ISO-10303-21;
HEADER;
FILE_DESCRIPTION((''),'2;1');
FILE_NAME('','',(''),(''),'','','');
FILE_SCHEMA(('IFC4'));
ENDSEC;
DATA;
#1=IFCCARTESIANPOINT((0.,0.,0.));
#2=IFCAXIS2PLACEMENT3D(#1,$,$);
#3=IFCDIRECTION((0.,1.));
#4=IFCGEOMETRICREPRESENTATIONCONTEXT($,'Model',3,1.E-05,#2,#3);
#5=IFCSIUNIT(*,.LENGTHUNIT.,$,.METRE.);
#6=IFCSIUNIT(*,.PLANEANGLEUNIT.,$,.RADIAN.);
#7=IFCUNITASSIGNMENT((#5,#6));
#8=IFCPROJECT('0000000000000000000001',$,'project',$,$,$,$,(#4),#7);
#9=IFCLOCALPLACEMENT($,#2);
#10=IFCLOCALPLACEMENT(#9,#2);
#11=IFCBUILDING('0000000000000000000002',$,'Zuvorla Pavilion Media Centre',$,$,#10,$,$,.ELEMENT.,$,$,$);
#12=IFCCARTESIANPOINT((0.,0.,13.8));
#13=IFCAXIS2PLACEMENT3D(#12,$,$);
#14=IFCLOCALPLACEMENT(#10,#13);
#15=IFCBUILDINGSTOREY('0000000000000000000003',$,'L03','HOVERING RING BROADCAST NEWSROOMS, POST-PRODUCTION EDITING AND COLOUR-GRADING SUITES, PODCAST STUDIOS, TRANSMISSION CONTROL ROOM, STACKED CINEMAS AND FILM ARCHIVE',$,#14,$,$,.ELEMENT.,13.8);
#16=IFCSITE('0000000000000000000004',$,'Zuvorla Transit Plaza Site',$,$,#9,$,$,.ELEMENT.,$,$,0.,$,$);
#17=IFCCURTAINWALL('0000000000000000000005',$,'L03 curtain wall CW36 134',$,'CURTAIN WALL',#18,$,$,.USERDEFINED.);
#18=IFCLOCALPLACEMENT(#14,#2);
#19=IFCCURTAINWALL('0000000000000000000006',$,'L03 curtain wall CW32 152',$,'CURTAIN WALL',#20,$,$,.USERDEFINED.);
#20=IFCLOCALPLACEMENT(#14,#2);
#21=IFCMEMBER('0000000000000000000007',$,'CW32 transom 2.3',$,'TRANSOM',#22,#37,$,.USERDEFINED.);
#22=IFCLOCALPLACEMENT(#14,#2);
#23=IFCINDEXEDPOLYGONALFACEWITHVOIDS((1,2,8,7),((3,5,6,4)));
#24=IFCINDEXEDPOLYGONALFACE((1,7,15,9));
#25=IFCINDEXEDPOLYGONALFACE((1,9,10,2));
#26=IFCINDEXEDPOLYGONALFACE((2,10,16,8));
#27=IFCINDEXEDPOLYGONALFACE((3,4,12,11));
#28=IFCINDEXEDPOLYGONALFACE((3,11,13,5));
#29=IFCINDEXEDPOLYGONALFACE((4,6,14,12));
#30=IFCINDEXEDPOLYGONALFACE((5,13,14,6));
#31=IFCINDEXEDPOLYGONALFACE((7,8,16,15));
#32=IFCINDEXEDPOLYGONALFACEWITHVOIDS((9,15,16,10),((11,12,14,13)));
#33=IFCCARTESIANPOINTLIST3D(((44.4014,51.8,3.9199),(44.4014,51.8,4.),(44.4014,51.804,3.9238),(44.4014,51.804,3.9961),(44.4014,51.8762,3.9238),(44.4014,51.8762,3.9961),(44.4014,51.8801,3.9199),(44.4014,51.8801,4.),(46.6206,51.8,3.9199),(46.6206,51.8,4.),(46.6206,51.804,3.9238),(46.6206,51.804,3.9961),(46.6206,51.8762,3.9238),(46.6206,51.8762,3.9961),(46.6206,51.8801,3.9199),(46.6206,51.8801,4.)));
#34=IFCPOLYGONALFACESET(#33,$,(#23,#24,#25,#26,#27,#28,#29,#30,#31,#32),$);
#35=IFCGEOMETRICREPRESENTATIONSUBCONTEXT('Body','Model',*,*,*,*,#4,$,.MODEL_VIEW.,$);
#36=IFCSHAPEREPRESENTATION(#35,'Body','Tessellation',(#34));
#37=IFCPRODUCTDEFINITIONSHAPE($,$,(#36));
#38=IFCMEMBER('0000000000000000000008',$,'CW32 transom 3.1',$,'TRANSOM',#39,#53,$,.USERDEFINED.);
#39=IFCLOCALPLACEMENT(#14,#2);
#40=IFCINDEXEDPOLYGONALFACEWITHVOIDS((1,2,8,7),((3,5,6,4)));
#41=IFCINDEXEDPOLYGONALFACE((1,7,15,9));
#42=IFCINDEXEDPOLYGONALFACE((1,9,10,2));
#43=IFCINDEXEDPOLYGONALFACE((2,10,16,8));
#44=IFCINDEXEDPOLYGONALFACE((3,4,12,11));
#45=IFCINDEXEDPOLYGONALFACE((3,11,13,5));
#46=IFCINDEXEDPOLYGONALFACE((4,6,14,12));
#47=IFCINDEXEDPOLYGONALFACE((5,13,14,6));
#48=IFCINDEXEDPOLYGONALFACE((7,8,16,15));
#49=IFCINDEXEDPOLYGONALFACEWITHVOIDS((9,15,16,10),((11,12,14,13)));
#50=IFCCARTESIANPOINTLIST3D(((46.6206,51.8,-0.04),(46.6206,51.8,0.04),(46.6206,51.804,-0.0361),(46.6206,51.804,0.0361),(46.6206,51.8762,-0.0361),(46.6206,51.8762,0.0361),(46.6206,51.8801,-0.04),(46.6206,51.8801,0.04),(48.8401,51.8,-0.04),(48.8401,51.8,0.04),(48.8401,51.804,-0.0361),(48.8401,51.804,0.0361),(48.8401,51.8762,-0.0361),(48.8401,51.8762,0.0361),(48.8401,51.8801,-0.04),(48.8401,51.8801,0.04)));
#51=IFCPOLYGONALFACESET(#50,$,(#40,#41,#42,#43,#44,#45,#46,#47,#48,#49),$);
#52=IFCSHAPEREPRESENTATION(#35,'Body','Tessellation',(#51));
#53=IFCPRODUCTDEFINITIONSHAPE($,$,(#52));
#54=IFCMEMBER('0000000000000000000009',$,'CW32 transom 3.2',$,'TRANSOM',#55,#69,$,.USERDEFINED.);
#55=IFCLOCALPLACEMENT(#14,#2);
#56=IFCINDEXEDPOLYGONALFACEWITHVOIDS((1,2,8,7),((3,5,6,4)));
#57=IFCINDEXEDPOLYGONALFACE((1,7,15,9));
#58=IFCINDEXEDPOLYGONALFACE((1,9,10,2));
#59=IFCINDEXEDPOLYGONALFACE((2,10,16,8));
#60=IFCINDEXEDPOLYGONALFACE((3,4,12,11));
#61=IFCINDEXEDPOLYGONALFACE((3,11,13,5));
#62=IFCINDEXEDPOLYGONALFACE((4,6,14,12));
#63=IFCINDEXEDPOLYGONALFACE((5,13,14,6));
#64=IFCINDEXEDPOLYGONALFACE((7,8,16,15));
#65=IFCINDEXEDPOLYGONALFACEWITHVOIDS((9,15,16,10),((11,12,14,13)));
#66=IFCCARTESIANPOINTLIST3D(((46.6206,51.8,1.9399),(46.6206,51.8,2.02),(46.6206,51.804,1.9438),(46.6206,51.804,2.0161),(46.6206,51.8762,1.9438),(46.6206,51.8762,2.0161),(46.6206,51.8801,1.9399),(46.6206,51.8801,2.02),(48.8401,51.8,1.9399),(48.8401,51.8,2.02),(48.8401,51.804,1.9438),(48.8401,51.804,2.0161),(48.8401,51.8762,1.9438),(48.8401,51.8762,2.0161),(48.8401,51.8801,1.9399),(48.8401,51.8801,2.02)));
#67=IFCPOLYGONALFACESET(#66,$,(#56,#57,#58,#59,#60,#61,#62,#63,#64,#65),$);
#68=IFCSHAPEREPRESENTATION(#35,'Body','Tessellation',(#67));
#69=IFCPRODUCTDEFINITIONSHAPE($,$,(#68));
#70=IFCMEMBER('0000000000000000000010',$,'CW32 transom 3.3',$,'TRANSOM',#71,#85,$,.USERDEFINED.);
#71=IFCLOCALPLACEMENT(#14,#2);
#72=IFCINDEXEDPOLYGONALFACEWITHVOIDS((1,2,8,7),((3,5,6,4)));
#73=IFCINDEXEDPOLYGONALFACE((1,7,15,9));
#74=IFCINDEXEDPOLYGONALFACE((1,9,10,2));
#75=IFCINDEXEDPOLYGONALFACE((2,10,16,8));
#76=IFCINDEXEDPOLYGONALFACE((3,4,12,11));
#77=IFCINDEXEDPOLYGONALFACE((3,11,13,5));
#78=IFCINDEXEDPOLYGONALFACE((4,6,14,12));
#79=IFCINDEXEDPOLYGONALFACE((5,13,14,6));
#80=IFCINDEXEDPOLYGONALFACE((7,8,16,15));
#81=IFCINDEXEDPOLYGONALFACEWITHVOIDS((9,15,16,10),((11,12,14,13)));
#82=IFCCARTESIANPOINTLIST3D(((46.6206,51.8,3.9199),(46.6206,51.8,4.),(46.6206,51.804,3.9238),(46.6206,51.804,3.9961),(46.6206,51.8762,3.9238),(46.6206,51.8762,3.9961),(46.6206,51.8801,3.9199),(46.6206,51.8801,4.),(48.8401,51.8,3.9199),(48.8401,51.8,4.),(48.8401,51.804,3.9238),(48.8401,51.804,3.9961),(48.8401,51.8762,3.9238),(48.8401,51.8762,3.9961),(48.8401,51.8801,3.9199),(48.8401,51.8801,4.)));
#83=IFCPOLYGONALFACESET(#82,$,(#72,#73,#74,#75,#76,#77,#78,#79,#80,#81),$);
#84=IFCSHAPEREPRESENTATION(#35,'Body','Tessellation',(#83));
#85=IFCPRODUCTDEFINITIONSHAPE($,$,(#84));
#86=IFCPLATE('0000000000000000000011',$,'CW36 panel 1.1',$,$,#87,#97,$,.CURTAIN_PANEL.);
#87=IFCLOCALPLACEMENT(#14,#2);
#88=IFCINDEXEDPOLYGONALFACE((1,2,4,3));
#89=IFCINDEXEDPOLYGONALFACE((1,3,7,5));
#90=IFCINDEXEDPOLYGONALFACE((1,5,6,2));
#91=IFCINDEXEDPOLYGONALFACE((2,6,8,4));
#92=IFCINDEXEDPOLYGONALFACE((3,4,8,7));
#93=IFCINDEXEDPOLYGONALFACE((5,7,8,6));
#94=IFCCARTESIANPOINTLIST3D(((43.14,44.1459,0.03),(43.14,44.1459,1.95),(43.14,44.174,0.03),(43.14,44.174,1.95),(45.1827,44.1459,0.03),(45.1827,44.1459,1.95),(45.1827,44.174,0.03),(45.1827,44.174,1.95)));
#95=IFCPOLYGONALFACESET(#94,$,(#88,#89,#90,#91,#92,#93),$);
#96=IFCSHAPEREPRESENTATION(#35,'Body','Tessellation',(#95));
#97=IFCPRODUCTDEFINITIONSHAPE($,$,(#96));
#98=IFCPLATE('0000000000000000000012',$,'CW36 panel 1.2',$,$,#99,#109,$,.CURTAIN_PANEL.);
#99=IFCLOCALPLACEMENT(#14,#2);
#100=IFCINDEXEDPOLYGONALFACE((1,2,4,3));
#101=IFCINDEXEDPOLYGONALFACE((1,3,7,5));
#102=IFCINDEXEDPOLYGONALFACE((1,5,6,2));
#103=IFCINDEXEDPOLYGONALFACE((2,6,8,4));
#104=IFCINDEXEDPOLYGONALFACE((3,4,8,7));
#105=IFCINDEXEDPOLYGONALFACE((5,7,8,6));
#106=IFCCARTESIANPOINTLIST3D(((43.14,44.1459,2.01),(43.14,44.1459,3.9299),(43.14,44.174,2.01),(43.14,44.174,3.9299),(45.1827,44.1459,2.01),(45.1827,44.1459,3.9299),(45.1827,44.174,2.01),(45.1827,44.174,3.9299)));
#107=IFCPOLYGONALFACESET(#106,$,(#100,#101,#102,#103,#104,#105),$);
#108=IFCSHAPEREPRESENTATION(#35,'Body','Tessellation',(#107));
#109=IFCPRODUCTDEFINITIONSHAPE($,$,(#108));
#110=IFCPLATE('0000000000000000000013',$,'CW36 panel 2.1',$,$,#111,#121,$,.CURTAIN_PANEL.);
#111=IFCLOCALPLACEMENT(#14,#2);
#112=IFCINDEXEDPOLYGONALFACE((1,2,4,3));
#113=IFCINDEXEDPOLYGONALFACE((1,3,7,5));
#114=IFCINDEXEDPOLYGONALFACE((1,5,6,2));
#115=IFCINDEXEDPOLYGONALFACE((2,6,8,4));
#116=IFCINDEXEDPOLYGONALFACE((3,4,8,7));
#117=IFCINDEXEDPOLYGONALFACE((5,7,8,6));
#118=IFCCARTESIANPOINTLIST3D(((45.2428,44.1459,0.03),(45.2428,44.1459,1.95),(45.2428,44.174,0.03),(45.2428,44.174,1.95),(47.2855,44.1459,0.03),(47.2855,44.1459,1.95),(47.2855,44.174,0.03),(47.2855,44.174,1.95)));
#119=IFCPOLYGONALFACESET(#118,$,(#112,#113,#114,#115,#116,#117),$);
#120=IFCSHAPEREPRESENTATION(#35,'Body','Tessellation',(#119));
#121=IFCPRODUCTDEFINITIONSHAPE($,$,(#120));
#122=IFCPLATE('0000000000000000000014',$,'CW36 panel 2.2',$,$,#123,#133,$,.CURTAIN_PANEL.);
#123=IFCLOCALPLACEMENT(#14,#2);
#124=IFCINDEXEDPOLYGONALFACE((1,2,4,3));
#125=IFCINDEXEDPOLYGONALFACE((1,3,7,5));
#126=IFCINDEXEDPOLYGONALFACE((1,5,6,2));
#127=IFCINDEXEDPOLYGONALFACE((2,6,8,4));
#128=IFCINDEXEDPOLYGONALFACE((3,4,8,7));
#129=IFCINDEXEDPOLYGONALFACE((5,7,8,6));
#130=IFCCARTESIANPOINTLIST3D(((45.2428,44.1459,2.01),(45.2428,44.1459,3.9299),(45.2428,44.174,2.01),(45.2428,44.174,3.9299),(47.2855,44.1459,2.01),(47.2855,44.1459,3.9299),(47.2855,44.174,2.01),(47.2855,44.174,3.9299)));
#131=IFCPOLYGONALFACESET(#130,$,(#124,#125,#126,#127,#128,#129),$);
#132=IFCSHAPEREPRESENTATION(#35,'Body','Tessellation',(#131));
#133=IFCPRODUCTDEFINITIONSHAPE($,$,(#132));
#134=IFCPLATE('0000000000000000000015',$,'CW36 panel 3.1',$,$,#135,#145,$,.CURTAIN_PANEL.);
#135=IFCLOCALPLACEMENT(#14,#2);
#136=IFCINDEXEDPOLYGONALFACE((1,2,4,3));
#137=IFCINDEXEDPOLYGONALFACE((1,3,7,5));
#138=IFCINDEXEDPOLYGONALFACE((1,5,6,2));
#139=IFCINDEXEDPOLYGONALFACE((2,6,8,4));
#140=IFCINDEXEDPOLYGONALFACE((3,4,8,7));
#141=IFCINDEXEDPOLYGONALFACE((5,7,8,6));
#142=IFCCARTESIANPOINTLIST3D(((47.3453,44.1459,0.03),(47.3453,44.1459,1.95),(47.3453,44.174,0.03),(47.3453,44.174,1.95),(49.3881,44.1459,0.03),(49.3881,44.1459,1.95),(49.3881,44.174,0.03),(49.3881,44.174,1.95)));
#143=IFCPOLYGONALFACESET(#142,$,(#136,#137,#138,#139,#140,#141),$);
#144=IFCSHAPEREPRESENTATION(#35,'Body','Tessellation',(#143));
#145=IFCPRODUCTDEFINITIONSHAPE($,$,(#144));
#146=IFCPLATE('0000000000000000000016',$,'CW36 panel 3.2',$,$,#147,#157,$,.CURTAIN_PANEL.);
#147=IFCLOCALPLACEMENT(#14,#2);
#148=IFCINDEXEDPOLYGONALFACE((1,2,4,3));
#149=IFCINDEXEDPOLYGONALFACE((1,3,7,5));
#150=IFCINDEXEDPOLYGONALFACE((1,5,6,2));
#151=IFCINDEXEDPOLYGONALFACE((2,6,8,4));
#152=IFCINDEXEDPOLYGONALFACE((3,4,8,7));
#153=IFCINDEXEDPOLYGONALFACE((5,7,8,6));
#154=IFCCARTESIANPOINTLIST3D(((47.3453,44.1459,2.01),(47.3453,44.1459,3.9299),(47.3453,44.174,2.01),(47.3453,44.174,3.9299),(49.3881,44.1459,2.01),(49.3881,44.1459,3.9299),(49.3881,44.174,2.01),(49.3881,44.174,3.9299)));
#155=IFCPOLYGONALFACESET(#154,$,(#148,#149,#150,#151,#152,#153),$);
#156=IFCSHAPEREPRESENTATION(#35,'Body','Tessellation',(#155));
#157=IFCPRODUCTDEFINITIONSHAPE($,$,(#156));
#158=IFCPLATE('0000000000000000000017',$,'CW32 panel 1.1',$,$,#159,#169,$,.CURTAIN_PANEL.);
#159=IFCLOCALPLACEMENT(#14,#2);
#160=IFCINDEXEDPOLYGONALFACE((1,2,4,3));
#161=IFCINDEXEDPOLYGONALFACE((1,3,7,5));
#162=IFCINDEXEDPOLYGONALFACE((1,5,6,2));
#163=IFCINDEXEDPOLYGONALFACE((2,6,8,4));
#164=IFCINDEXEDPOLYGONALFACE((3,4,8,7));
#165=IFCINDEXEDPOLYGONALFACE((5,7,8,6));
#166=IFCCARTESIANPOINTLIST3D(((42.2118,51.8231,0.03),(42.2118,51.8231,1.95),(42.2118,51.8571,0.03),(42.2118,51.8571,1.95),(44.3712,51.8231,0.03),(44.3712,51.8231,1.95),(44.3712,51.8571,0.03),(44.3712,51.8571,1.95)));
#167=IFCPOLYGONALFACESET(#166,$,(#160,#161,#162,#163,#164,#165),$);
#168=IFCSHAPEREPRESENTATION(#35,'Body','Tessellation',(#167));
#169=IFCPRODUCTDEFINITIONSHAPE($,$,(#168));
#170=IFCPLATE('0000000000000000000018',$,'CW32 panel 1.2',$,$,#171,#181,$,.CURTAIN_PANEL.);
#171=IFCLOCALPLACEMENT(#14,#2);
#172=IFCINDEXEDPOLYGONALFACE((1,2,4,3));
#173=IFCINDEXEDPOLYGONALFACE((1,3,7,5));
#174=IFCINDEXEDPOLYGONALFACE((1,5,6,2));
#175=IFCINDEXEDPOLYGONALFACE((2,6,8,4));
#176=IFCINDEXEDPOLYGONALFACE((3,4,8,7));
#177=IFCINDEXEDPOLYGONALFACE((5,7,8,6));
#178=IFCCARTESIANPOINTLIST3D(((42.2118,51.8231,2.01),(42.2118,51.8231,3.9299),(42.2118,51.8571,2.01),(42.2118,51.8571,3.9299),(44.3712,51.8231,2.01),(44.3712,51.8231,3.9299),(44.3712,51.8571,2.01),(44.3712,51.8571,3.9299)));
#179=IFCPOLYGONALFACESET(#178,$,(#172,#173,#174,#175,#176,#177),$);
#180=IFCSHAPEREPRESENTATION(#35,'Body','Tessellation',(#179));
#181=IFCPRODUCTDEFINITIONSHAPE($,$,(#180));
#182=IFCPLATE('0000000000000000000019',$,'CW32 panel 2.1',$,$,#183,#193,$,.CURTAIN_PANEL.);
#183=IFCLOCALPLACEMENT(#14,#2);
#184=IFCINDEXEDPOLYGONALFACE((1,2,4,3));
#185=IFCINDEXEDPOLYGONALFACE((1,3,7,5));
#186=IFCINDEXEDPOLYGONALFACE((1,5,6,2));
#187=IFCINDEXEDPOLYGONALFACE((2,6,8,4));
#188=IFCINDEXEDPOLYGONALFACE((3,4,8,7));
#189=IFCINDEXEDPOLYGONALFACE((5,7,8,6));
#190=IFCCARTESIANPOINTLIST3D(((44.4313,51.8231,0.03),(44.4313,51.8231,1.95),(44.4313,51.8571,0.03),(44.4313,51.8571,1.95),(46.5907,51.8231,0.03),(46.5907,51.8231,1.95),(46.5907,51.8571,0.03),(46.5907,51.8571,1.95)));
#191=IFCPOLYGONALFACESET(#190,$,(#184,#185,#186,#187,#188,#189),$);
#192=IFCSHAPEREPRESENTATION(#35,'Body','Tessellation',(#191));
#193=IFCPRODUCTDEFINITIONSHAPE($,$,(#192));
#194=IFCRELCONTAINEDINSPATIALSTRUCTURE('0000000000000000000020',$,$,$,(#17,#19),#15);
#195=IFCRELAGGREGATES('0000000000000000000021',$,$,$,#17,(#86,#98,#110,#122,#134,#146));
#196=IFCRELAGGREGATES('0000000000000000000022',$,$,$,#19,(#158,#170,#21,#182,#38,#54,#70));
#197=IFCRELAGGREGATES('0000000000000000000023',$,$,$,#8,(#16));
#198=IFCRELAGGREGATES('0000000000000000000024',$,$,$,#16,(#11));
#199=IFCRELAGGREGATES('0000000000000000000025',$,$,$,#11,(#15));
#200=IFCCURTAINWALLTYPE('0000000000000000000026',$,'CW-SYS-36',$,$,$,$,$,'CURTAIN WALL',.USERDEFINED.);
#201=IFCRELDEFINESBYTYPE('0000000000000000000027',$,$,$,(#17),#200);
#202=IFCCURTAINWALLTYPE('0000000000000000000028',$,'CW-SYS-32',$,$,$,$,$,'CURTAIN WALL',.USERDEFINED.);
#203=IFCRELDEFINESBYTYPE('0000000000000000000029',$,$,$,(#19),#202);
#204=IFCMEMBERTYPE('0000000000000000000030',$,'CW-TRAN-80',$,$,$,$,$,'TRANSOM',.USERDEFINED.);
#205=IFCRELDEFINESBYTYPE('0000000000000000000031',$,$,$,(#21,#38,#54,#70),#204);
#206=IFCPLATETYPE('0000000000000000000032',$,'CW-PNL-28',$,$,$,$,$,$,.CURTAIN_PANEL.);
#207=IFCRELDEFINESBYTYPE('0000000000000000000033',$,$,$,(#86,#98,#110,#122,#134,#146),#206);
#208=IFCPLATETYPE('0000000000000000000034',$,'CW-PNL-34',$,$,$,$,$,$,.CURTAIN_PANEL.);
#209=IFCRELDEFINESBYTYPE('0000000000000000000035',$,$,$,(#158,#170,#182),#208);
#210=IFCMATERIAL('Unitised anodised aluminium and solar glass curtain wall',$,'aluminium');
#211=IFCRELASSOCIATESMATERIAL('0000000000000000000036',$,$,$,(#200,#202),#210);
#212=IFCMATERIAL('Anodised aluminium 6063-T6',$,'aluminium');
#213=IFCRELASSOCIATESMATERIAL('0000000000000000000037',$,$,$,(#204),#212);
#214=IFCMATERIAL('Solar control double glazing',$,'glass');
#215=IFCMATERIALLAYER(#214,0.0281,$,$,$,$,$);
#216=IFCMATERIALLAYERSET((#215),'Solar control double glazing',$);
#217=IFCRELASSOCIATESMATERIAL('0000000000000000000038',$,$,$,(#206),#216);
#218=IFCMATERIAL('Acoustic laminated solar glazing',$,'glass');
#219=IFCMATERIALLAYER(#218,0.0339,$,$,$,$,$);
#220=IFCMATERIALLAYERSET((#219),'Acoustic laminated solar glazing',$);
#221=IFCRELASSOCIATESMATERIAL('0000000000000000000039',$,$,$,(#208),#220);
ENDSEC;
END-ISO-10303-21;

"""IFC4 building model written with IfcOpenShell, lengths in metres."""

from ifc_helpers import new_model, si_unit, direction, frame, origin, origin_2d, place, context, subcontext, project, spatial, rectangle, hollow_rectangle, extrude, material, layer, layer_set, material_profile, profile_set, type_object, element, aggregate, save


model = new_model("IFC4")

# Units and contexts
model_context = context("Model", 3, precision=1e-05, world=origin(), true_north=direction((0.0, 1.0)))
body_context = subcontext(model_context, "Body", "Model", "MODEL_VIEW")
ifc_project = project(units=[si_unit("LENGTHUNIT", "METRE"), si_unit("PLANEANGLEUNIT", "RADIAN")], contexts=[model_context])

# Site, building, storey
site_placement = place(None, origin())
site = spatial("IfcSite", under=ifc_project, at=site_placement, Name="Zuvorla Transit Plaza Site", CompositionType="ELEMENT", RefElevation=0.0)
building_placement = place(site_placement, origin())
building = spatial("IfcBuilding", under=site, at=building_placement, Name="Zuvorla Pavilion Media Centre", CompositionType="ELEMENT")
storey_placement = place(building_placement, frame((0.0, 0.0, 13.8)))
storey = spatial("IfcBuildingStorey", under=building, at=storey_placement, Name="L03", Description="HOVERING RING BROADCAST NEWSROOMS, POST-PRODUCTION EDITING AND COLOUR-GRADING SUITES, PODCAST STUDIOS, TRANSMISSION CONTROL ROOM, STACKED CINEMAS AND FILM ARCHIVE", CompositionType="ELEMENT", Elevation=13.8)

# Curtain walls
ifc_material_1 = material(Name="Unitised anodised aluminium and solar glass curtain wall", Category="aluminium")
curtain_wall_type_1 = type_object("IfcCurtainWallType", Name="CW-SYS-36", ElementType="CURTAIN WALL", PredefinedType="USERDEFINED", material=ifc_material_1)
curtain_wall_1_placement = place(storey_placement, origin())
curtain_wall_1 = element("IfcCurtainWall", 1, at=curtain_wall_1_placement, inside=storey, type_object=curtain_wall_type_1, Name="L03 curtain wall CW36 134", ObjectType="CURTAIN WALL", PredefinedType="USERDEFINED")
ifc_material_2 = material(Name="Anodised aluminium 6063-T6", Category="aluminium")
curtain_wall_type_2 = type_object("IfcCurtainWallType", Name="CW-SYS-32", ElementType="CURTAIN WALL", PredefinedType="USERDEFINED", material=ifc_material_1)
curtain_wall_2_placement = place(storey_placement, origin())
curtain_wall_2 = element("IfcCurtainWall", 2, at=curtain_wall_2_placement, inside=storey, type_object=curtain_wall_type_2, Name="L03 curtain wall CW32 152", ObjectType="CURTAIN WALL", PredefinedType="USERDEFINED")

# Members
ifc_material_profile_1 = material_profile(ifc_material_2, hollow_rectangle(XDim=0.0801, YDim=0.0801, WallThickness=0.0039, at=origin_2d()), Name="ALU TRAN 80x80")
ifc_profile_set_1 = profile_set([ifc_material_profile_1], Name="Anodised aluminium 6063-T6")
member_type_1 = type_object("IfcMemberType", Name="CW-TRAN-80", ElementType="TRANSOM", PredefinedType="USERDEFINED", material=ifc_profile_set_1)
member_1_placement = place(storey_placement, frame((44.4014, 51.8401, 3.96), z_axis=(1.0, 0.0, 0.0), x_axis=(0.0, 1.0, 0.0)))
member_1 = element("IfcMember", 3, at=member_1_placement, type_object=member_type_1, Name="CW32 transom 2.3", ObjectType="TRANSOM", PredefinedType="USERDEFINED", context=body_context, shape_type="SweptSolid", body=[
    extrude(hollow_rectangle(XDim=0.0801, YDim=0.0801, WallThickness=0.0039, at=origin_2d()), origin(), (0.0, 0.0, 1.0), 2.2192),
])
member_2_placement = place(storey_placement, frame((46.6206, 51.8401, 0.0), z_axis=(1.0, 0.0, 0.0), x_axis=(0.0, 1.0, 0.0)))
member_2 = element("IfcMember", 4, at=member_2_placement, type_object=member_type_1, Name="CW32 transom 3.1", ObjectType="TRANSOM", PredefinedType="USERDEFINED", context=body_context, shape_type="SweptSolid", body=[
    extrude(hollow_rectangle(XDim=0.0801, YDim=0.0801, WallThickness=0.0039, at=origin_2d()), origin(), (0.0, 0.0, 1.0), 2.2195),
])
member_3_placement = place(storey_placement, frame((46.6206, 51.8401, 1.98), z_axis=(1.0, 0.0, 0.0), x_axis=(0.0, 1.0, 0.0)))
member_3 = element("IfcMember", 5, at=member_3_placement, type_object=member_type_1, Name="CW32 transom 3.2", ObjectType="TRANSOM", PredefinedType="USERDEFINED", context=body_context, shape_type="SweptSolid", body=[
    extrude(hollow_rectangle(XDim=0.0801, YDim=0.0801, WallThickness=0.0039, at=origin_2d()), origin(), (0.0, 0.0, 1.0), 2.2195),
])
member_4_placement = place(storey_placement, frame((46.6206, 51.8401, 3.96), z_axis=(1.0, 0.0, 0.0), x_axis=(0.0, 1.0, 0.0)))
member_4 = element("IfcMember", 6, at=member_4_placement, type_object=member_type_1, Name="CW32 transom 3.3", ObjectType="TRANSOM", PredefinedType="USERDEFINED", context=body_context, shape_type="SweptSolid", body=[
    extrude(hollow_rectangle(XDim=0.0801, YDim=0.0801, WallThickness=0.0039, at=origin_2d()), origin(), (0.0, 0.0, 1.0), 2.2195),
])

# Plates
ifc_material_3 = material(Name="Solar control double glazing", Category="glass")
ifc_layer_1 = layer(ifc_material_3, 0.0281)
ifc_layer_set_1 = layer_set([ifc_layer_1], Name="Solar control double glazing")
plate_type_1 = type_object("IfcPlateType", Name="CW-PNL-28", PredefinedType="CURTAIN_PANEL", material=ifc_layer_set_1)
plate_1_placement = place(storey_placement, frame((44.1614, 44.1599, 0.03), z_axis=(0.0, 0.0, 1.0), x_axis=(1.0, 0.0, 0.0)))
plate_1 = element("IfcPlate", 7, at=plate_1_placement, type_object=plate_type_1, Name="CW36 panel 1.1", PredefinedType="CURTAIN_PANEL", context=body_context, shape_type="SweptSolid", body=[
    extrude(rectangle(XDim=2.0427, YDim=0.0281, at=origin_2d()), origin(), (0.0, 0.0, 1.0), 1.9199),
])
plate_2_placement = place(storey_placement, frame((44.1614, 44.1599, 2.01), z_axis=(0.0, 0.0, 1.0), x_axis=(1.0, 0.0, 0.0)))
plate_2 = element("IfcPlate", 8, at=plate_2_placement, type_object=plate_type_1, Name="CW36 panel 1.2", PredefinedType="CURTAIN_PANEL", context=body_context, shape_type="SweptSolid", body=[
    extrude(rectangle(XDim=2.0427, YDim=0.0281, at=origin_2d()), origin(), (0.0, 0.0, 1.0), 1.9199),
])
plate_3_placement = place(storey_placement, frame((46.2642, 44.1599, 0.03), z_axis=(0.0, 0.0, 1.0), x_axis=(1.0, 0.0, 0.0)))
plate_3 = element("IfcPlate", 9, at=plate_3_placement, type_object=plate_type_1, Name="CW36 panel 2.1", PredefinedType="CURTAIN_PANEL", context=body_context, shape_type="SweptSolid", body=[
    extrude(rectangle(XDim=2.0427, YDim=0.0281, at=origin_2d()), origin(), (0.0, 0.0, 1.0), 1.9199),
])
plate_4_placement = place(storey_placement, frame((46.2642, 44.1599, 2.01), z_axis=(0.0, 0.0, 1.0), x_axis=(1.0, 0.0, 0.0)))
plate_4 = element("IfcPlate", 10, at=plate_4_placement, type_object=plate_type_1, Name="CW36 panel 2.2", PredefinedType="CURTAIN_PANEL", context=body_context, shape_type="SweptSolid", body=[
    extrude(rectangle(XDim=2.0427, YDim=0.0281, at=origin_2d()), origin(), (0.0, 0.0, 1.0), 1.9199),
])
plate_5_placement = place(storey_placement, frame((48.3667, 44.1599, 0.03), z_axis=(0.0, 0.0, 1.0), x_axis=(1.0, 0.0, 0.0)))
plate_5 = element("IfcPlate", 11, at=plate_5_placement, type_object=plate_type_1, Name="CW36 panel 3.1", PredefinedType="CURTAIN_PANEL", context=body_context, shape_type="SweptSolid", body=[
    extrude(rectangle(XDim=2.0427, YDim=0.0281, at=origin_2d()), origin(), (0.0, 0.0, 1.0), 1.9199),
])
plate_6_placement = place(storey_placement, frame((48.3667, 44.1599, 2.01), z_axis=(0.0, 0.0, 1.0), x_axis=(1.0, 0.0, 0.0)))
plate_6 = element("IfcPlate", 12, at=plate_6_placement, type_object=plate_type_1, Name="CW36 panel 3.2", PredefinedType="CURTAIN_PANEL", context=body_context, shape_type="SweptSolid", body=[
    extrude(rectangle(XDim=2.0427, YDim=0.0281, at=origin_2d()), origin(), (0.0, 0.0, 1.0), 1.9199),
])
aggregate(curtain_wall_1, [plate_1, plate_2, plate_3, plate_4, plate_5, plate_6])
ifc_material_4 = material(Name="Acoustic laminated solar glazing", Category="glass")
ifc_layer_2 = layer(ifc_material_4, 0.0339)
ifc_layer_set_2 = layer_set([ifc_layer_2], Name="Acoustic laminated solar glazing")
plate_type_2 = type_object("IfcPlateType", Name="CW-PNL-34", PredefinedType="CURTAIN_PANEL", material=ifc_layer_set_2)
plate_7_placement = place(storey_placement, frame((43.2915, 51.8401, 0.03), z_axis=(0.0, 0.0, 1.0), x_axis=(1.0, 0.0, 0.0)))
plate_7 = element("IfcPlate", 13, at=plate_7_placement, type_object=plate_type_2, Name="CW32 panel 1.1", PredefinedType="CURTAIN_PANEL", context=body_context, shape_type="SweptSolid", body=[
    extrude(rectangle(XDim=2.1594, YDim=0.0339, at=origin_2d()), origin(), (0.0, 0.0, 1.0), 1.9199),
])
plate_8_placement = place(storey_placement, frame((43.2915, 51.8401, 2.01), z_axis=(0.0, 0.0, 1.0), x_axis=(1.0, 0.0, 0.0)))
plate_8 = element("IfcPlate", 14, at=plate_8_placement, type_object=plate_type_2, Name="CW32 panel 1.2", PredefinedType="CURTAIN_PANEL", context=body_context, shape_type="SweptSolid", body=[
    extrude(rectangle(XDim=2.1594, YDim=0.0339, at=origin_2d()), origin(), (0.0, 0.0, 1.0), 1.9199),
])
plate_9_placement = place(storey_placement, frame((45.511, 51.8401, 0.03), z_axis=(0.0, 0.0, 1.0), x_axis=(1.0, 0.0, 0.0)))
plate_9 = element("IfcPlate", 15, at=plate_9_placement, type_object=plate_type_2, Name="CW32 panel 2.1", PredefinedType="CURTAIN_PANEL", context=body_context, shape_type="SweptSolid", body=[
    extrude(rectangle(XDim=2.1594, YDim=0.0339, at=origin_2d()), origin(), (0.0, 0.0, 1.0), 1.9199),
])
aggregate(curtain_wall_2, [plate_7, plate_8, member_1, plate_9, member_2, member_3, member_4])

save(model, "model.ifc")
